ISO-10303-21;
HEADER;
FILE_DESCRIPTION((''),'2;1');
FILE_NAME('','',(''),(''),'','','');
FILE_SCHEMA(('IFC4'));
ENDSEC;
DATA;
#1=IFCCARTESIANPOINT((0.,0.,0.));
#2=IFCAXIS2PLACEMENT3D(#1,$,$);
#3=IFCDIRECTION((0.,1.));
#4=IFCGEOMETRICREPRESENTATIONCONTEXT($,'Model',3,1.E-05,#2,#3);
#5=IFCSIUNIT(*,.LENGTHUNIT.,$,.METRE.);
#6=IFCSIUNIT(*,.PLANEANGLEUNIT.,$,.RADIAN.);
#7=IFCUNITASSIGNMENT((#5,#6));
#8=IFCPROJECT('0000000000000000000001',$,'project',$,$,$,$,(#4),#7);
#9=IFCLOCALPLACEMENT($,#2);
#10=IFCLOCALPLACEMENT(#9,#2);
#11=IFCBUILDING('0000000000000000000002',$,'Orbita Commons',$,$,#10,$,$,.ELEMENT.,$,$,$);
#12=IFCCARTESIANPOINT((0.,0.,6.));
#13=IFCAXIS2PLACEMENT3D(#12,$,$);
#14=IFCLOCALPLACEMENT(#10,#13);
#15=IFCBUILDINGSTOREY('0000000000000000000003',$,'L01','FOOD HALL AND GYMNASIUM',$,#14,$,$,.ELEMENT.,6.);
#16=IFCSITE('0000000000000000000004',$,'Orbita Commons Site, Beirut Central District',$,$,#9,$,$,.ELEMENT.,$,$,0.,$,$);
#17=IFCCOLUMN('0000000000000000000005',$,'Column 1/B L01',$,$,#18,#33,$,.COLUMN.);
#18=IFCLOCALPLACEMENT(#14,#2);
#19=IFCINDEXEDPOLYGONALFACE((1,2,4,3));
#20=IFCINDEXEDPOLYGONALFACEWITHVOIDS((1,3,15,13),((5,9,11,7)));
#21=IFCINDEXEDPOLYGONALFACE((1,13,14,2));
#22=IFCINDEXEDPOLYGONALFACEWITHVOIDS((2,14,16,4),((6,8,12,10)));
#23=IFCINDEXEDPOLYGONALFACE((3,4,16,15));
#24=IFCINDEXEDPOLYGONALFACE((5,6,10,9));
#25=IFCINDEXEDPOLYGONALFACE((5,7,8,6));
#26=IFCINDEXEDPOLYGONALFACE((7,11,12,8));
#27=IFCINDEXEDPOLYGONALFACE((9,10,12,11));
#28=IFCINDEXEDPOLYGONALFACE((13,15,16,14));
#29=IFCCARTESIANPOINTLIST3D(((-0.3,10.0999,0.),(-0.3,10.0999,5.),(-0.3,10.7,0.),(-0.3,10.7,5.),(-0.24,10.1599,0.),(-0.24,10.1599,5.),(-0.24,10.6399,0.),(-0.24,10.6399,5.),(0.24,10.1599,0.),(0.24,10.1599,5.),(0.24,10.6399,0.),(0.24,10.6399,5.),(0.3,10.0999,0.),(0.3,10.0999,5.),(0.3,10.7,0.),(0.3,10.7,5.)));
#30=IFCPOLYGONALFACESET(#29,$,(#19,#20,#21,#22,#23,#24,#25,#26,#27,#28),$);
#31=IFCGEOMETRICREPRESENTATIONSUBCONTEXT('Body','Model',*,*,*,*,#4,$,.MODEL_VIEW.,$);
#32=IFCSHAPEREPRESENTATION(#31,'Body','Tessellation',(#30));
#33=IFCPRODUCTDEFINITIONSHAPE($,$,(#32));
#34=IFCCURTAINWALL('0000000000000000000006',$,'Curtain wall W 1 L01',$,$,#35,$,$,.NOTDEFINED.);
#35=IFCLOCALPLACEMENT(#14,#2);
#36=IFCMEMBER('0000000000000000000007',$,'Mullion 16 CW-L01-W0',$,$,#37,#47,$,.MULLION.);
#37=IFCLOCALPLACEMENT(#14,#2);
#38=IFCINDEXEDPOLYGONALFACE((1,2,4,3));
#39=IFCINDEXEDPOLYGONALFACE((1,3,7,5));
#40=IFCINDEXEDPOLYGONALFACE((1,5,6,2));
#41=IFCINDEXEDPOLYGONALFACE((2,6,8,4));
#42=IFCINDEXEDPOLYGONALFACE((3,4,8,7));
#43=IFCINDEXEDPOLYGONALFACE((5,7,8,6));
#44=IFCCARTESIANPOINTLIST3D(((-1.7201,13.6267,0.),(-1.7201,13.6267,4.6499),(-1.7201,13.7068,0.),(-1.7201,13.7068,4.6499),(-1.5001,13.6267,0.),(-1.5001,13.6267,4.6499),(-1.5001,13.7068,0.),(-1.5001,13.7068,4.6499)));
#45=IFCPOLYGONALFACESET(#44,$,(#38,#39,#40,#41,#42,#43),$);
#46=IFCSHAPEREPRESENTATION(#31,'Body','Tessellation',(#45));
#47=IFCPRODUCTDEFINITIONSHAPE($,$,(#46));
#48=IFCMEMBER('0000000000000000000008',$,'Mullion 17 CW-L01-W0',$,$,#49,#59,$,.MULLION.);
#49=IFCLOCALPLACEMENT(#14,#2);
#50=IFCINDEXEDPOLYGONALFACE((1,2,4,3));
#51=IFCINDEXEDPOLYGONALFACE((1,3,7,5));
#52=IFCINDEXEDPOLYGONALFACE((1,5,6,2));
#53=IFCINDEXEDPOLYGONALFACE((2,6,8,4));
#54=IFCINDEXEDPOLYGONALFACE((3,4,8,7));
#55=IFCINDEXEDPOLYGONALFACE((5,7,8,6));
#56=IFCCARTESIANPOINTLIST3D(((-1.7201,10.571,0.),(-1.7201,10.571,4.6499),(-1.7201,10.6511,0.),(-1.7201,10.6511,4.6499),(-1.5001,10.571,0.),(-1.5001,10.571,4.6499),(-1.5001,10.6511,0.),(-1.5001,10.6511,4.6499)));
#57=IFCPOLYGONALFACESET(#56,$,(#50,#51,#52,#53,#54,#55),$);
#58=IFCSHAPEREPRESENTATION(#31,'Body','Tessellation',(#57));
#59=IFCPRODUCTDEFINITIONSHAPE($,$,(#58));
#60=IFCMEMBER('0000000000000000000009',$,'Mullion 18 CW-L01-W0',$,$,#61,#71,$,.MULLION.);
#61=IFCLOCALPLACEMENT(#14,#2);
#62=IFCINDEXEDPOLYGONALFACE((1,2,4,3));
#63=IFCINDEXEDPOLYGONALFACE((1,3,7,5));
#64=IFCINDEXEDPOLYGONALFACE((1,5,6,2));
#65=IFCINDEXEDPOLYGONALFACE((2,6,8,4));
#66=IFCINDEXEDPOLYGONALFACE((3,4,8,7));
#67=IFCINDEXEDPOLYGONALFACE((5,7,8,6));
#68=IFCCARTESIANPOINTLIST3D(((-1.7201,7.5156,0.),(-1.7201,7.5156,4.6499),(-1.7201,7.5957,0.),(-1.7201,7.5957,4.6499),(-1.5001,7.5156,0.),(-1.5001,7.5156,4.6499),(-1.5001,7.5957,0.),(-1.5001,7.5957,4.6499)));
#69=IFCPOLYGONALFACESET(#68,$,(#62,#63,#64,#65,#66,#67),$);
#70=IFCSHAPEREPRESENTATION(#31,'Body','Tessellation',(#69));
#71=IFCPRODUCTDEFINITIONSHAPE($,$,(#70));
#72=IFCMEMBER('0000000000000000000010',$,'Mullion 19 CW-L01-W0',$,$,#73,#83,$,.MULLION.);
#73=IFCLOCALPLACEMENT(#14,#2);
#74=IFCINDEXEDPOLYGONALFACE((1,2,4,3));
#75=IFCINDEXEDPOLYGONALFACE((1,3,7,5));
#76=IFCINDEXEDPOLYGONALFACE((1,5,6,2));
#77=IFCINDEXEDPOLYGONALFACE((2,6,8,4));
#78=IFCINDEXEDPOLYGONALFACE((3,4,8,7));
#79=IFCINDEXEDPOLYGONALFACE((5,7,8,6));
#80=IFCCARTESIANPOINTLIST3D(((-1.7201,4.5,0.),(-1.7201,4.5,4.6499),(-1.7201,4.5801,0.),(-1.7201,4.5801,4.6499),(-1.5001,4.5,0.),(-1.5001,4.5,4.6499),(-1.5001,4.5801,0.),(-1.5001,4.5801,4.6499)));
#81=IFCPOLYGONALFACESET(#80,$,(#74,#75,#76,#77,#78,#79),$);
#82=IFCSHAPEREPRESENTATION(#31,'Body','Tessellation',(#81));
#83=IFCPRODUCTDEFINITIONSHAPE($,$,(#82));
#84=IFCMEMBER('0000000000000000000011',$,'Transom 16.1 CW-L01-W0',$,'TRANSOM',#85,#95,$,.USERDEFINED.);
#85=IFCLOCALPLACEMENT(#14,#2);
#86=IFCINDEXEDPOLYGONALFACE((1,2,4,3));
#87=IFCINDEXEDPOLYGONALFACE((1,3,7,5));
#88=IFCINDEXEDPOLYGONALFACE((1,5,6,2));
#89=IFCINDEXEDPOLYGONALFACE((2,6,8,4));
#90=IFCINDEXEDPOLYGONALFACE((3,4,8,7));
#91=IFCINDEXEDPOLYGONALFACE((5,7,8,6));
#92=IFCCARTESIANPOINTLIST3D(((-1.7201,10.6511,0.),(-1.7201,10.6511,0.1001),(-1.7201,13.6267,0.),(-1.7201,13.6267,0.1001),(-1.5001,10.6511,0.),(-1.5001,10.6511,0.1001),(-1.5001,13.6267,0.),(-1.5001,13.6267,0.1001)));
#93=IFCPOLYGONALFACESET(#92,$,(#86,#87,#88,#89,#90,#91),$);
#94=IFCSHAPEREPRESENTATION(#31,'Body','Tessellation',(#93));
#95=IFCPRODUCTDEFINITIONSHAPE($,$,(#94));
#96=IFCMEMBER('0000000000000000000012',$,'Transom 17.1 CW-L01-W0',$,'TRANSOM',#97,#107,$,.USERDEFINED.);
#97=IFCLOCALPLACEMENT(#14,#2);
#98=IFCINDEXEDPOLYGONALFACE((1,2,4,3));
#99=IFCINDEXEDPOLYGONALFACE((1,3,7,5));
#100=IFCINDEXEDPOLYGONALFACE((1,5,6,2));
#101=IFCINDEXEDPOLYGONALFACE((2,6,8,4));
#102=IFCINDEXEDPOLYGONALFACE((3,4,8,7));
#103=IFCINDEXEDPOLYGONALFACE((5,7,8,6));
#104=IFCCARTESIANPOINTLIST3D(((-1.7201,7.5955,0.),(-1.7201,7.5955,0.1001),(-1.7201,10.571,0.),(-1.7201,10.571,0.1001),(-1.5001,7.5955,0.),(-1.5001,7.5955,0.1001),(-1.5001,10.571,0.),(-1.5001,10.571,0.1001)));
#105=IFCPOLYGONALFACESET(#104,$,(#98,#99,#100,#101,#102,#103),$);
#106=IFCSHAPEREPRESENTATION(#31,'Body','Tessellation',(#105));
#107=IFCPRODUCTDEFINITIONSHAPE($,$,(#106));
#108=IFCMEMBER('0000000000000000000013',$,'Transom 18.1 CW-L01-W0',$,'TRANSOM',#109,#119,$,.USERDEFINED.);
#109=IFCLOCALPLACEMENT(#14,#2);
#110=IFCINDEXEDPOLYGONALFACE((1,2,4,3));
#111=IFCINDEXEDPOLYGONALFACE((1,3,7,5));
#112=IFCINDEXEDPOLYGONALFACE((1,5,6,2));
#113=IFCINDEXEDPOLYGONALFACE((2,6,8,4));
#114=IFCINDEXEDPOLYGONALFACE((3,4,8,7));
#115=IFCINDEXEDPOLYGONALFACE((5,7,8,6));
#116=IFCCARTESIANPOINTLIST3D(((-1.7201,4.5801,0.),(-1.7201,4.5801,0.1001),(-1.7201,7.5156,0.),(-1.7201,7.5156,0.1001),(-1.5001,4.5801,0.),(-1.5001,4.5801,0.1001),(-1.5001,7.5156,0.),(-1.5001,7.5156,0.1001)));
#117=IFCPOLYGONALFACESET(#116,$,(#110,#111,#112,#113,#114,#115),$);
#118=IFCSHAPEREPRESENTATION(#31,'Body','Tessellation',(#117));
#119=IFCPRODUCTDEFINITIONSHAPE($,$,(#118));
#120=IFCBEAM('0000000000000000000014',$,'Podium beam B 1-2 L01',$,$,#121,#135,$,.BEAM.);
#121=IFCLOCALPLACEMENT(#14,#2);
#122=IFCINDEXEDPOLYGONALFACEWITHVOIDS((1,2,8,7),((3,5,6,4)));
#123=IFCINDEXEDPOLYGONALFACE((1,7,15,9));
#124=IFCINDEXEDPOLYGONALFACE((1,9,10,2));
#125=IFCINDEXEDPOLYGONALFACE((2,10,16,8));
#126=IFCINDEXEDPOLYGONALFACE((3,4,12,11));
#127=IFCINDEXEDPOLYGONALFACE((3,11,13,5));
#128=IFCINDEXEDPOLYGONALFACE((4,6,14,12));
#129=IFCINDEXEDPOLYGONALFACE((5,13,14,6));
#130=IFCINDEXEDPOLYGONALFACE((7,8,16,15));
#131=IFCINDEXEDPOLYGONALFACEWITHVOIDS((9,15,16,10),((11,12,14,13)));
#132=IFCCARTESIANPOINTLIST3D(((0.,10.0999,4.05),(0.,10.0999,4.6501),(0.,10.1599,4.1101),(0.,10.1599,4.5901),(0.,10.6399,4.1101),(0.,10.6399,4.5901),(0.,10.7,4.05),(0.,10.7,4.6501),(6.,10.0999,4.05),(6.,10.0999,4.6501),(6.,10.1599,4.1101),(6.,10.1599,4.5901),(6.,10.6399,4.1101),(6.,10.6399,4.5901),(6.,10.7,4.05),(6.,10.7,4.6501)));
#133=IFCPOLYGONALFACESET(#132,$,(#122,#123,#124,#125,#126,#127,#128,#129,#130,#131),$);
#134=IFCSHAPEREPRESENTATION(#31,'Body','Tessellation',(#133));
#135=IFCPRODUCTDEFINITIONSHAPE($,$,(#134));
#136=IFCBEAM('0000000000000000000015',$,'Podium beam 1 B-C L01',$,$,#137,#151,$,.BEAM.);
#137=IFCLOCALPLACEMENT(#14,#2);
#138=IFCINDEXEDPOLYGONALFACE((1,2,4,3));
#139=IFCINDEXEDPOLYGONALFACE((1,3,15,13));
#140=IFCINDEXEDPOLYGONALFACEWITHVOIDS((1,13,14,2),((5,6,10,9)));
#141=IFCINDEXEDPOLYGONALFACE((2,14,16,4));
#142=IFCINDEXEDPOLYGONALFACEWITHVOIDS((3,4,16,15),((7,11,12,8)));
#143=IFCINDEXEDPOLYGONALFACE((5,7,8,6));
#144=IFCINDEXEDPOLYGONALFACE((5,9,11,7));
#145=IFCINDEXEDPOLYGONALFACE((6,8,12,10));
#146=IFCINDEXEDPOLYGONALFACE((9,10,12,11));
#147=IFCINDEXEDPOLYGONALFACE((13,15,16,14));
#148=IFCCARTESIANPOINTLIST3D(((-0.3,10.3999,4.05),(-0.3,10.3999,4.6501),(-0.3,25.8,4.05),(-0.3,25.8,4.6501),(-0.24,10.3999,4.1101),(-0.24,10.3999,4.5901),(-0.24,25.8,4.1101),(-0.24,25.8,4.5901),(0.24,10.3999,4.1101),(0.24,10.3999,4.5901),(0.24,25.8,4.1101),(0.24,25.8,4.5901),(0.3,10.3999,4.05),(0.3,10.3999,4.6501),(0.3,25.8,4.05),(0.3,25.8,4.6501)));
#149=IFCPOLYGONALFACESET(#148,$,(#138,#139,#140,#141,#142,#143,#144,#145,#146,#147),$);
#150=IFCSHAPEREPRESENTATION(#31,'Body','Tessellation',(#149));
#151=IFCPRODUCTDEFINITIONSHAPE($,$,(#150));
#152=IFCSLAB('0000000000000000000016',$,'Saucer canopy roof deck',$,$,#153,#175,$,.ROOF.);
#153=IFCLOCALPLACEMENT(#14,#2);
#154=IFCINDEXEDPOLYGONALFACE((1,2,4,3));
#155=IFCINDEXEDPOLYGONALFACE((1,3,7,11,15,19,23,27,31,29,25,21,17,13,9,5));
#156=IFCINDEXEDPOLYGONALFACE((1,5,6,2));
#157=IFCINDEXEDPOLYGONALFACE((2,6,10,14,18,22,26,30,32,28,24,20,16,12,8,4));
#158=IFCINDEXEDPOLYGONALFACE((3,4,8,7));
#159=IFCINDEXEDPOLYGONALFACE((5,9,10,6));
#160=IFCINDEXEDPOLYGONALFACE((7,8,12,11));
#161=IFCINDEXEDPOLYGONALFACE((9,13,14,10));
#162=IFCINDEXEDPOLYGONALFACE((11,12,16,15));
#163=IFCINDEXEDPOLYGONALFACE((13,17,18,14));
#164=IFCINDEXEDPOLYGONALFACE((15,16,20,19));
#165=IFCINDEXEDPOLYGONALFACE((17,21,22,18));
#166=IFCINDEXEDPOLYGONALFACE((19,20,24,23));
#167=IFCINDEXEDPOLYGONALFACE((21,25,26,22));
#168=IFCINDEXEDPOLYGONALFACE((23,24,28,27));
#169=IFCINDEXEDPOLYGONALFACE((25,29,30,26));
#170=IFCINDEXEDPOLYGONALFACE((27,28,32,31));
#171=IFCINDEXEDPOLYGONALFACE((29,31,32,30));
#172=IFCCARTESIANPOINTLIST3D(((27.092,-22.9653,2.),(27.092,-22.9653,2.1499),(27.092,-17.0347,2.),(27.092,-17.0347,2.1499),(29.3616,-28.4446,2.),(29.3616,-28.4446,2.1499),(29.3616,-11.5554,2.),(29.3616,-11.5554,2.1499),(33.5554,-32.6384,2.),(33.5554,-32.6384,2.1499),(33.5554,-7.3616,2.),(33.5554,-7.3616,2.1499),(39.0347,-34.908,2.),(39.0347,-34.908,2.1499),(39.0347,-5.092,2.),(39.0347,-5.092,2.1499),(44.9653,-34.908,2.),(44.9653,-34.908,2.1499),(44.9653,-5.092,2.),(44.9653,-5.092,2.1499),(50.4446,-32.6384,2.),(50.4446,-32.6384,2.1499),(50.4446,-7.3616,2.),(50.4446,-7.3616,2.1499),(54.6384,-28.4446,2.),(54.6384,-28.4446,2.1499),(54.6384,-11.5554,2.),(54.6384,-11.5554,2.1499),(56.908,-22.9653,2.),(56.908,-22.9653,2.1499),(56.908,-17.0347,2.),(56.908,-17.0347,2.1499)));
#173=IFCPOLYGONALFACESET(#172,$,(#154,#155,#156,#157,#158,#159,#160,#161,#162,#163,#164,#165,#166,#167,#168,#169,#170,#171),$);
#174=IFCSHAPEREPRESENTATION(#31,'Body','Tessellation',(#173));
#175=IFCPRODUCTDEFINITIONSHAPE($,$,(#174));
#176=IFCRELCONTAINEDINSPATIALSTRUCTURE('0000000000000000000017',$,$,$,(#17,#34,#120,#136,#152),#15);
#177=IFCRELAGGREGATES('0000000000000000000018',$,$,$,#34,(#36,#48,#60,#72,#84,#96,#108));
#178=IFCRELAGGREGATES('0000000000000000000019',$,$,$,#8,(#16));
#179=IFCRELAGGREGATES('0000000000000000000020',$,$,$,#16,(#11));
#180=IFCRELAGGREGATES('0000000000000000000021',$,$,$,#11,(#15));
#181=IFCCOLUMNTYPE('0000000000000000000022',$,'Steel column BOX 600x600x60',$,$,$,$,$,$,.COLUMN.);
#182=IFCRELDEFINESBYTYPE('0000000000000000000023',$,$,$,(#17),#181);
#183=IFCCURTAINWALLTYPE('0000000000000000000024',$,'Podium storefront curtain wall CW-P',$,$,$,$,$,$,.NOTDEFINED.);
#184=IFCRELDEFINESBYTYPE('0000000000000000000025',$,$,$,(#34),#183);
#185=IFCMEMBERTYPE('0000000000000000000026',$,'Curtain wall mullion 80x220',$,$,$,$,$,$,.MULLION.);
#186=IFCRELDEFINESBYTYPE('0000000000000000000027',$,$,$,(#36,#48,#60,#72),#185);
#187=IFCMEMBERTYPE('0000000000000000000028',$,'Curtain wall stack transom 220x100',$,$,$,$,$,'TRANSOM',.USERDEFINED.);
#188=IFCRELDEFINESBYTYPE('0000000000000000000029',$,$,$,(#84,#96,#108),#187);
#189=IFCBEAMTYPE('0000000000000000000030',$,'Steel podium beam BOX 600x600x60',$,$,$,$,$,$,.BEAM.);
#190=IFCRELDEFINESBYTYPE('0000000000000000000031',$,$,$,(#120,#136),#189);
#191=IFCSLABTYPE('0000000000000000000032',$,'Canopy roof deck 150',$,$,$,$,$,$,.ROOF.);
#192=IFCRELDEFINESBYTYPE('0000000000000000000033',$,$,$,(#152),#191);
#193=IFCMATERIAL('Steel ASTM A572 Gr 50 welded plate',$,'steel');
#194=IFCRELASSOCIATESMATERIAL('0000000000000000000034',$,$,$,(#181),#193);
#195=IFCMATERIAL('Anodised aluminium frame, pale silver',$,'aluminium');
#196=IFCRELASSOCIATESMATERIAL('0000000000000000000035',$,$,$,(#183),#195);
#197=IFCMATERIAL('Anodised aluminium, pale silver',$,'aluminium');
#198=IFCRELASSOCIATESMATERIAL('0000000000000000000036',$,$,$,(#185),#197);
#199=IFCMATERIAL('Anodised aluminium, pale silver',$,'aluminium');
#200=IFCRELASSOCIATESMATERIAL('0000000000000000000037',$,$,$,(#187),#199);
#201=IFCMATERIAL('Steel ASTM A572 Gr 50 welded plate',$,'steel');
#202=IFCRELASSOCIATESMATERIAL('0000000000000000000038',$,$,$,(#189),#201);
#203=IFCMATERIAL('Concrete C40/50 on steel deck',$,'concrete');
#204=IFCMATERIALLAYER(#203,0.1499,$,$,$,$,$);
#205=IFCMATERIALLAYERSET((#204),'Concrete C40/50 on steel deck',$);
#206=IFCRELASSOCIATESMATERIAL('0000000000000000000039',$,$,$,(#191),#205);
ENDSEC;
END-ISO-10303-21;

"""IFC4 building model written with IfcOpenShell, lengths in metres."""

from ifc_helpers import new_model, si_unit, direction, frame, origin, origin_2d, place, context, subcontext, project, spatial, polyline, rectangle, hollow_rectangle, outline, extrude, material, layer, layer_set, material_profile, profile_set, type_object, element, aggregate, save


model = new_model("IFC4")

# Units and contexts
model_context = context("Model", 3, precision=1e-05, world=origin(), true_north=direction((0.0, 1.0)))
body_context = subcontext(model_context, "Body", "Model", "MODEL_VIEW")
ifc_project = project(units=[si_unit("LENGTHUNIT", "METRE"), si_unit("PLANEANGLEUNIT", "RADIAN")], contexts=[model_context])

# Site, building, storey
site_placement = place(None, origin())
site = spatial("IfcSite", under=ifc_project, at=site_placement, Name="Orbita Commons Site, Beirut Central District", CompositionType="ELEMENT", RefElevation=0.0)
building_placement = place(site_placement, origin())
building = spatial("IfcBuilding", under=site, at=building_placement, Name="Orbita Commons", CompositionType="ELEMENT")
storey_placement = place(building_placement, frame((0.0, 0.0, 6.0)))
storey = spatial("IfcBuildingStorey", under=building, at=storey_placement, Name="L01", Description="FOOD HALL AND GYMNASIUM", CompositionType="ELEMENT", Elevation=6.0)

# Column
ifc_material_1 = material(Name="Steel ASTM A572 Gr 50 welded plate", Category="steel")
ifc_material_profile_1 = material_profile(ifc_material_1, hollow_rectangle(XDim=0.6001, YDim=0.6001, WallThickness=0.0601, at=origin_2d()), Name="BOX 600x600x60")
ifc_profile_set_1 = profile_set([ifc_material_profile_1], Name="Steel ASTM A572 Gr 50 welded plate")
column_type = type_object("IfcColumnType", Name="Steel column BOX 600x600x60", PredefinedType="COLUMN", material=ifc_profile_set_1)
column_placement = place(storey_placement, frame((0.0, 10.3999, 0.0), z_axis=(0.0, 0.0, 1.0), x_axis=(1.0, 0.0, 0.0)))
element("IfcColumn", 1, at=column_placement, inside=storey, type_object=column_type, Name="Column 1/B L01", PredefinedType="COLUMN", context=body_context, shape_type="SweptSolid", body=[
    extrude(hollow_rectangle(XDim=0.6001, YDim=0.6001, WallThickness=0.0601, at=origin_2d()), origin(), (0.0, 0.0, 1.0), 5.0),
])

# Curtain wall, members
ifc_material_2 = material(Name="Anodised aluminium frame, pale silver", Category="aluminium")
curtain_wall_type = type_object("IfcCurtainWallType", Name="Podium storefront curtain wall CW-P", PredefinedType="NOTDEFINED", material=ifc_material_2)
curtain_wall_placement = place(storey_placement, origin())
curtain_wall = element("IfcCurtainWall", 2, at=curtain_wall_placement, inside=storey, type_object=curtain_wall_type, Name="Curtain wall W 1 L01", PredefinedType="NOTDEFINED")
ifc_material_3 = material(Name="Anodised aluminium, pale silver", Category="aluminium")
ifc_material_profile_2 = material_profile(ifc_material_3, rectangle(XDim=0.0801, YDim=0.22, at=origin_2d()), Name="AL 80x220")
ifc_profile_set_2 = profile_set([ifc_material_profile_2], Name="Anodised aluminium, pale silver")
member_type_1 = type_object("IfcMemberType", Name="Curtain wall mullion 80x220", PredefinedType="MULLION", material=ifc_profile_set_2)
member_1_placement = place(storey_placement, frame((-1.6101, 13.6667, 0.0), z_axis=(0.0, 0.0, 1.0), x_axis=(0.0, -1.0, 0.0)))
member_1 = element("IfcMember", 3, at=member_1_placement, type_object=member_type_1, Name="Mullion 16 CW-L01-W0", PredefinedType="MULLION", context=body_context, shape_type="SweptSolid", body=[
    extrude(rectangle(XDim=0.0801, YDim=0.22, at=origin_2d()), origin(), (0.0, 0.0, 1.0), 4.6499),
])
member_2_placement = place(storey_placement, frame((-1.6101, 10.6111, 0.0), z_axis=(0.0, 0.0, 1.0), x_axis=(0.0, -1.0, 0.0)))
member_2 = element("IfcMember", 4, at=member_2_placement, type_object=member_type_1, Name="Mullion 17 CW-L01-W0", PredefinedType="MULLION", context=body_context, shape_type="SweptSolid", body=[
    extrude(rectangle(XDim=0.0801, YDim=0.22, at=origin_2d()), origin(), (0.0, 0.0, 1.0), 4.6499),
])
member_3_placement = place(storey_placement, frame((-1.6101, 7.5557, 0.0), z_axis=(0.0, 0.0, 1.0), x_axis=(0.0, -1.0, 0.0)))
member_3 = element("IfcMember", 5, at=member_3_placement, type_object=member_type_1, Name="Mullion 18 CW-L01-W0", PredefinedType="MULLION", context=body_context, shape_type="SweptSolid", body=[
    extrude(rectangle(XDim=0.0801, YDim=0.22, at=origin_2d()), origin(), (0.0, 0.0, 1.0), 4.6499),
])
member_4_placement = place(storey_placement, frame((-1.6101, 4.54, 0.0), z_axis=(0.0, 0.0, 1.0), x_axis=(0.0, -1.0, 0.0)))
member_4 = element("IfcMember", 6, at=member_4_placement, type_object=member_type_1, Name="Mullion 19 CW-L01-W0", PredefinedType="MULLION", context=body_context, shape_type="SweptSolid", body=[
    extrude(rectangle(XDim=0.0801, YDim=0.22, at=origin_2d()), origin(), (0.0, 0.0, 1.0), 4.6499),
])
ifc_material_4 = material(Name="Anodised aluminium, pale silver", Category="aluminium")
ifc_material_profile_3 = material_profile(ifc_material_4, rectangle(XDim=0.22, YDim=0.1001, at=origin_2d()), Name="AL 220x100")
ifc_profile_set_3 = profile_set([ifc_material_profile_3], Name="Anodised aluminium, pale silver")
member_type_2 = type_object("IfcMemberType", Name="Curtain wall stack transom 220x100", ElementType="TRANSOM", PredefinedType="USERDEFINED", material=ifc_profile_set_3)
member_5_placement = place(storey_placement, frame((-1.6101, 13.6267, 0.05), z_axis=(0.0, -1.0, 0.0), x_axis=(1.0, 0.0, 0.0)))
member_5 = element("IfcMember", 7, at=member_5_placement, type_object=member_type_2, Name="Transom 16.1 CW-L01-W0", ObjectType="TRANSOM", PredefinedType="USERDEFINED", context=body_context, shape_type="SweptSolid", body=[
    extrude(rectangle(XDim=0.22, YDim=0.1001, at=origin_2d()), origin(), (0.0, 0.0, 1.0), 2.9756),
])
member_6_placement = place(storey_placement, frame((-1.6101, 10.571, 0.05), z_axis=(0.0, -1.0, 0.0), x_axis=(1.0, 0.0, 0.0)))
member_6 = element("IfcMember", 8, at=member_6_placement, type_object=member_type_2, Name="Transom 17.1 CW-L01-W0", ObjectType="TRANSOM", PredefinedType="USERDEFINED", context=body_context, shape_type="SweptSolid", body=[
    extrude(rectangle(XDim=0.22, YDim=0.1001, at=origin_2d()), origin(), (0.0, 0.0, 1.0), 2.9756),
])
member_7_placement = place(storey_placement, frame((-1.6101, 7.5156, 0.05), z_axis=(0.0, -1.0, 0.0), x_axis=(1.0, 0.0, 0.0)))
member_7 = element("IfcMember", 9, at=member_7_placement, type_object=member_type_2, Name="Transom 18.1 CW-L01-W0", ObjectType="TRANSOM", PredefinedType="USERDEFINED", context=body_context, shape_type="SweptSolid", body=[
    extrude(rectangle(XDim=0.22, YDim=0.1001, at=origin_2d()), origin(), (0.0, 0.0, 1.0), 2.9355),
])

# Beams
ifc_material_5 = material(Name="Steel ASTM A572 Gr 50 welded plate", Category="steel")
ifc_material_profile_4 = material_profile(ifc_material_5, hollow_rectangle(XDim=0.6001, YDim=0.6001, WallThickness=0.0601, at=origin_2d()), Name="BOX 600x600x60")
ifc_profile_set_4 = profile_set([ifc_material_profile_4], Name="Steel ASTM A572 Gr 50 welded plate")
beam_type = type_object("IfcBeamType", Name="Steel podium beam BOX 600x600x60", PredefinedType="BEAM", material=ifc_profile_set_4)
beam_1_placement = place(storey_placement, frame((0.0, 10.3999, 4.3501), z_axis=(1.0, 0.0, 0.0), x_axis=(0.0, 1.0, 0.0)))
element("IfcBeam", 10, at=beam_1_placement, inside=storey, type_object=beam_type, Name="Podium beam B 1-2 L01", PredefinedType="BEAM", context=body_context, shape_type="SweptSolid", body=[
    extrude(hollow_rectangle(XDim=0.6001, YDim=0.6001, WallThickness=0.0601, at=origin_2d()), origin(), (0.0, 0.0, 1.0), 6.0),
])
beam_2_placement = place(storey_placement, frame((0.0, 10.3999, 4.3501), z_axis=(0.0, 1.0, 0.0), x_axis=(-1.0, 0.0, 0.0)))
element("IfcBeam", 11, at=beam_2_placement, inside=storey, type_object=beam_type, Name="Podium beam 1 B-C L01", PredefinedType="BEAM", context=body_context, shape_type="SweptSolid", body=[
    extrude(hollow_rectangle(XDim=0.6001, YDim=0.6001, WallThickness=0.0601, at=origin_2d()), origin(), (0.0, 0.0, 1.0), 15.4001),
])

# Slab
ifc_material_6 = material(Name="Concrete C40/50 on steel deck", Category="concrete")
ifc_layer_1 = layer(ifc_material_6, 0.1499)
ifc_layer_set_1 = layer_set([ifc_layer_1], Name="Concrete C40/50 on steel deck")
slab_type_1 = type_object("IfcSlabType", Name="Canopy roof deck 150", PredefinedType="ROOF", material=ifc_layer_set_1)
slab_1_placement = place(storey_placement, frame((0.0, 0.0, 2.0)))
element("IfcSlab", 12, at=slab_1_placement, inside=storey, type_object=slab_type_1, Name="Saucer canopy roof deck", PredefinedType="ROOF", context=body_context, shape_type="SweptSolid", body=[
    extrude(outline(polyline([(56.908, -17.0347), (54.6384, -11.5554), (50.4446, -7.3616), (44.9653, -5.092), (39.0347, -5.092), (33.5554, -7.3616), (29.3616, -11.5554), (27.092, -17.0347), (27.092, -22.9653), (29.3616, -28.4446), (33.5554, -32.6384), (39.0347, -34.908), (44.9653, -34.908), (50.4446, -32.6384), (54.6384, -28.4446), (56.908, -22.9653), (56.908, -17.0347)])), origin(), (0.0, 0.0, 1.0), 0.1499),
])

aggregate(curtain_wall, [member_1, member_2, member_3, member_4, member_5, member_6, member_7])

save(model, "model.ifc")
